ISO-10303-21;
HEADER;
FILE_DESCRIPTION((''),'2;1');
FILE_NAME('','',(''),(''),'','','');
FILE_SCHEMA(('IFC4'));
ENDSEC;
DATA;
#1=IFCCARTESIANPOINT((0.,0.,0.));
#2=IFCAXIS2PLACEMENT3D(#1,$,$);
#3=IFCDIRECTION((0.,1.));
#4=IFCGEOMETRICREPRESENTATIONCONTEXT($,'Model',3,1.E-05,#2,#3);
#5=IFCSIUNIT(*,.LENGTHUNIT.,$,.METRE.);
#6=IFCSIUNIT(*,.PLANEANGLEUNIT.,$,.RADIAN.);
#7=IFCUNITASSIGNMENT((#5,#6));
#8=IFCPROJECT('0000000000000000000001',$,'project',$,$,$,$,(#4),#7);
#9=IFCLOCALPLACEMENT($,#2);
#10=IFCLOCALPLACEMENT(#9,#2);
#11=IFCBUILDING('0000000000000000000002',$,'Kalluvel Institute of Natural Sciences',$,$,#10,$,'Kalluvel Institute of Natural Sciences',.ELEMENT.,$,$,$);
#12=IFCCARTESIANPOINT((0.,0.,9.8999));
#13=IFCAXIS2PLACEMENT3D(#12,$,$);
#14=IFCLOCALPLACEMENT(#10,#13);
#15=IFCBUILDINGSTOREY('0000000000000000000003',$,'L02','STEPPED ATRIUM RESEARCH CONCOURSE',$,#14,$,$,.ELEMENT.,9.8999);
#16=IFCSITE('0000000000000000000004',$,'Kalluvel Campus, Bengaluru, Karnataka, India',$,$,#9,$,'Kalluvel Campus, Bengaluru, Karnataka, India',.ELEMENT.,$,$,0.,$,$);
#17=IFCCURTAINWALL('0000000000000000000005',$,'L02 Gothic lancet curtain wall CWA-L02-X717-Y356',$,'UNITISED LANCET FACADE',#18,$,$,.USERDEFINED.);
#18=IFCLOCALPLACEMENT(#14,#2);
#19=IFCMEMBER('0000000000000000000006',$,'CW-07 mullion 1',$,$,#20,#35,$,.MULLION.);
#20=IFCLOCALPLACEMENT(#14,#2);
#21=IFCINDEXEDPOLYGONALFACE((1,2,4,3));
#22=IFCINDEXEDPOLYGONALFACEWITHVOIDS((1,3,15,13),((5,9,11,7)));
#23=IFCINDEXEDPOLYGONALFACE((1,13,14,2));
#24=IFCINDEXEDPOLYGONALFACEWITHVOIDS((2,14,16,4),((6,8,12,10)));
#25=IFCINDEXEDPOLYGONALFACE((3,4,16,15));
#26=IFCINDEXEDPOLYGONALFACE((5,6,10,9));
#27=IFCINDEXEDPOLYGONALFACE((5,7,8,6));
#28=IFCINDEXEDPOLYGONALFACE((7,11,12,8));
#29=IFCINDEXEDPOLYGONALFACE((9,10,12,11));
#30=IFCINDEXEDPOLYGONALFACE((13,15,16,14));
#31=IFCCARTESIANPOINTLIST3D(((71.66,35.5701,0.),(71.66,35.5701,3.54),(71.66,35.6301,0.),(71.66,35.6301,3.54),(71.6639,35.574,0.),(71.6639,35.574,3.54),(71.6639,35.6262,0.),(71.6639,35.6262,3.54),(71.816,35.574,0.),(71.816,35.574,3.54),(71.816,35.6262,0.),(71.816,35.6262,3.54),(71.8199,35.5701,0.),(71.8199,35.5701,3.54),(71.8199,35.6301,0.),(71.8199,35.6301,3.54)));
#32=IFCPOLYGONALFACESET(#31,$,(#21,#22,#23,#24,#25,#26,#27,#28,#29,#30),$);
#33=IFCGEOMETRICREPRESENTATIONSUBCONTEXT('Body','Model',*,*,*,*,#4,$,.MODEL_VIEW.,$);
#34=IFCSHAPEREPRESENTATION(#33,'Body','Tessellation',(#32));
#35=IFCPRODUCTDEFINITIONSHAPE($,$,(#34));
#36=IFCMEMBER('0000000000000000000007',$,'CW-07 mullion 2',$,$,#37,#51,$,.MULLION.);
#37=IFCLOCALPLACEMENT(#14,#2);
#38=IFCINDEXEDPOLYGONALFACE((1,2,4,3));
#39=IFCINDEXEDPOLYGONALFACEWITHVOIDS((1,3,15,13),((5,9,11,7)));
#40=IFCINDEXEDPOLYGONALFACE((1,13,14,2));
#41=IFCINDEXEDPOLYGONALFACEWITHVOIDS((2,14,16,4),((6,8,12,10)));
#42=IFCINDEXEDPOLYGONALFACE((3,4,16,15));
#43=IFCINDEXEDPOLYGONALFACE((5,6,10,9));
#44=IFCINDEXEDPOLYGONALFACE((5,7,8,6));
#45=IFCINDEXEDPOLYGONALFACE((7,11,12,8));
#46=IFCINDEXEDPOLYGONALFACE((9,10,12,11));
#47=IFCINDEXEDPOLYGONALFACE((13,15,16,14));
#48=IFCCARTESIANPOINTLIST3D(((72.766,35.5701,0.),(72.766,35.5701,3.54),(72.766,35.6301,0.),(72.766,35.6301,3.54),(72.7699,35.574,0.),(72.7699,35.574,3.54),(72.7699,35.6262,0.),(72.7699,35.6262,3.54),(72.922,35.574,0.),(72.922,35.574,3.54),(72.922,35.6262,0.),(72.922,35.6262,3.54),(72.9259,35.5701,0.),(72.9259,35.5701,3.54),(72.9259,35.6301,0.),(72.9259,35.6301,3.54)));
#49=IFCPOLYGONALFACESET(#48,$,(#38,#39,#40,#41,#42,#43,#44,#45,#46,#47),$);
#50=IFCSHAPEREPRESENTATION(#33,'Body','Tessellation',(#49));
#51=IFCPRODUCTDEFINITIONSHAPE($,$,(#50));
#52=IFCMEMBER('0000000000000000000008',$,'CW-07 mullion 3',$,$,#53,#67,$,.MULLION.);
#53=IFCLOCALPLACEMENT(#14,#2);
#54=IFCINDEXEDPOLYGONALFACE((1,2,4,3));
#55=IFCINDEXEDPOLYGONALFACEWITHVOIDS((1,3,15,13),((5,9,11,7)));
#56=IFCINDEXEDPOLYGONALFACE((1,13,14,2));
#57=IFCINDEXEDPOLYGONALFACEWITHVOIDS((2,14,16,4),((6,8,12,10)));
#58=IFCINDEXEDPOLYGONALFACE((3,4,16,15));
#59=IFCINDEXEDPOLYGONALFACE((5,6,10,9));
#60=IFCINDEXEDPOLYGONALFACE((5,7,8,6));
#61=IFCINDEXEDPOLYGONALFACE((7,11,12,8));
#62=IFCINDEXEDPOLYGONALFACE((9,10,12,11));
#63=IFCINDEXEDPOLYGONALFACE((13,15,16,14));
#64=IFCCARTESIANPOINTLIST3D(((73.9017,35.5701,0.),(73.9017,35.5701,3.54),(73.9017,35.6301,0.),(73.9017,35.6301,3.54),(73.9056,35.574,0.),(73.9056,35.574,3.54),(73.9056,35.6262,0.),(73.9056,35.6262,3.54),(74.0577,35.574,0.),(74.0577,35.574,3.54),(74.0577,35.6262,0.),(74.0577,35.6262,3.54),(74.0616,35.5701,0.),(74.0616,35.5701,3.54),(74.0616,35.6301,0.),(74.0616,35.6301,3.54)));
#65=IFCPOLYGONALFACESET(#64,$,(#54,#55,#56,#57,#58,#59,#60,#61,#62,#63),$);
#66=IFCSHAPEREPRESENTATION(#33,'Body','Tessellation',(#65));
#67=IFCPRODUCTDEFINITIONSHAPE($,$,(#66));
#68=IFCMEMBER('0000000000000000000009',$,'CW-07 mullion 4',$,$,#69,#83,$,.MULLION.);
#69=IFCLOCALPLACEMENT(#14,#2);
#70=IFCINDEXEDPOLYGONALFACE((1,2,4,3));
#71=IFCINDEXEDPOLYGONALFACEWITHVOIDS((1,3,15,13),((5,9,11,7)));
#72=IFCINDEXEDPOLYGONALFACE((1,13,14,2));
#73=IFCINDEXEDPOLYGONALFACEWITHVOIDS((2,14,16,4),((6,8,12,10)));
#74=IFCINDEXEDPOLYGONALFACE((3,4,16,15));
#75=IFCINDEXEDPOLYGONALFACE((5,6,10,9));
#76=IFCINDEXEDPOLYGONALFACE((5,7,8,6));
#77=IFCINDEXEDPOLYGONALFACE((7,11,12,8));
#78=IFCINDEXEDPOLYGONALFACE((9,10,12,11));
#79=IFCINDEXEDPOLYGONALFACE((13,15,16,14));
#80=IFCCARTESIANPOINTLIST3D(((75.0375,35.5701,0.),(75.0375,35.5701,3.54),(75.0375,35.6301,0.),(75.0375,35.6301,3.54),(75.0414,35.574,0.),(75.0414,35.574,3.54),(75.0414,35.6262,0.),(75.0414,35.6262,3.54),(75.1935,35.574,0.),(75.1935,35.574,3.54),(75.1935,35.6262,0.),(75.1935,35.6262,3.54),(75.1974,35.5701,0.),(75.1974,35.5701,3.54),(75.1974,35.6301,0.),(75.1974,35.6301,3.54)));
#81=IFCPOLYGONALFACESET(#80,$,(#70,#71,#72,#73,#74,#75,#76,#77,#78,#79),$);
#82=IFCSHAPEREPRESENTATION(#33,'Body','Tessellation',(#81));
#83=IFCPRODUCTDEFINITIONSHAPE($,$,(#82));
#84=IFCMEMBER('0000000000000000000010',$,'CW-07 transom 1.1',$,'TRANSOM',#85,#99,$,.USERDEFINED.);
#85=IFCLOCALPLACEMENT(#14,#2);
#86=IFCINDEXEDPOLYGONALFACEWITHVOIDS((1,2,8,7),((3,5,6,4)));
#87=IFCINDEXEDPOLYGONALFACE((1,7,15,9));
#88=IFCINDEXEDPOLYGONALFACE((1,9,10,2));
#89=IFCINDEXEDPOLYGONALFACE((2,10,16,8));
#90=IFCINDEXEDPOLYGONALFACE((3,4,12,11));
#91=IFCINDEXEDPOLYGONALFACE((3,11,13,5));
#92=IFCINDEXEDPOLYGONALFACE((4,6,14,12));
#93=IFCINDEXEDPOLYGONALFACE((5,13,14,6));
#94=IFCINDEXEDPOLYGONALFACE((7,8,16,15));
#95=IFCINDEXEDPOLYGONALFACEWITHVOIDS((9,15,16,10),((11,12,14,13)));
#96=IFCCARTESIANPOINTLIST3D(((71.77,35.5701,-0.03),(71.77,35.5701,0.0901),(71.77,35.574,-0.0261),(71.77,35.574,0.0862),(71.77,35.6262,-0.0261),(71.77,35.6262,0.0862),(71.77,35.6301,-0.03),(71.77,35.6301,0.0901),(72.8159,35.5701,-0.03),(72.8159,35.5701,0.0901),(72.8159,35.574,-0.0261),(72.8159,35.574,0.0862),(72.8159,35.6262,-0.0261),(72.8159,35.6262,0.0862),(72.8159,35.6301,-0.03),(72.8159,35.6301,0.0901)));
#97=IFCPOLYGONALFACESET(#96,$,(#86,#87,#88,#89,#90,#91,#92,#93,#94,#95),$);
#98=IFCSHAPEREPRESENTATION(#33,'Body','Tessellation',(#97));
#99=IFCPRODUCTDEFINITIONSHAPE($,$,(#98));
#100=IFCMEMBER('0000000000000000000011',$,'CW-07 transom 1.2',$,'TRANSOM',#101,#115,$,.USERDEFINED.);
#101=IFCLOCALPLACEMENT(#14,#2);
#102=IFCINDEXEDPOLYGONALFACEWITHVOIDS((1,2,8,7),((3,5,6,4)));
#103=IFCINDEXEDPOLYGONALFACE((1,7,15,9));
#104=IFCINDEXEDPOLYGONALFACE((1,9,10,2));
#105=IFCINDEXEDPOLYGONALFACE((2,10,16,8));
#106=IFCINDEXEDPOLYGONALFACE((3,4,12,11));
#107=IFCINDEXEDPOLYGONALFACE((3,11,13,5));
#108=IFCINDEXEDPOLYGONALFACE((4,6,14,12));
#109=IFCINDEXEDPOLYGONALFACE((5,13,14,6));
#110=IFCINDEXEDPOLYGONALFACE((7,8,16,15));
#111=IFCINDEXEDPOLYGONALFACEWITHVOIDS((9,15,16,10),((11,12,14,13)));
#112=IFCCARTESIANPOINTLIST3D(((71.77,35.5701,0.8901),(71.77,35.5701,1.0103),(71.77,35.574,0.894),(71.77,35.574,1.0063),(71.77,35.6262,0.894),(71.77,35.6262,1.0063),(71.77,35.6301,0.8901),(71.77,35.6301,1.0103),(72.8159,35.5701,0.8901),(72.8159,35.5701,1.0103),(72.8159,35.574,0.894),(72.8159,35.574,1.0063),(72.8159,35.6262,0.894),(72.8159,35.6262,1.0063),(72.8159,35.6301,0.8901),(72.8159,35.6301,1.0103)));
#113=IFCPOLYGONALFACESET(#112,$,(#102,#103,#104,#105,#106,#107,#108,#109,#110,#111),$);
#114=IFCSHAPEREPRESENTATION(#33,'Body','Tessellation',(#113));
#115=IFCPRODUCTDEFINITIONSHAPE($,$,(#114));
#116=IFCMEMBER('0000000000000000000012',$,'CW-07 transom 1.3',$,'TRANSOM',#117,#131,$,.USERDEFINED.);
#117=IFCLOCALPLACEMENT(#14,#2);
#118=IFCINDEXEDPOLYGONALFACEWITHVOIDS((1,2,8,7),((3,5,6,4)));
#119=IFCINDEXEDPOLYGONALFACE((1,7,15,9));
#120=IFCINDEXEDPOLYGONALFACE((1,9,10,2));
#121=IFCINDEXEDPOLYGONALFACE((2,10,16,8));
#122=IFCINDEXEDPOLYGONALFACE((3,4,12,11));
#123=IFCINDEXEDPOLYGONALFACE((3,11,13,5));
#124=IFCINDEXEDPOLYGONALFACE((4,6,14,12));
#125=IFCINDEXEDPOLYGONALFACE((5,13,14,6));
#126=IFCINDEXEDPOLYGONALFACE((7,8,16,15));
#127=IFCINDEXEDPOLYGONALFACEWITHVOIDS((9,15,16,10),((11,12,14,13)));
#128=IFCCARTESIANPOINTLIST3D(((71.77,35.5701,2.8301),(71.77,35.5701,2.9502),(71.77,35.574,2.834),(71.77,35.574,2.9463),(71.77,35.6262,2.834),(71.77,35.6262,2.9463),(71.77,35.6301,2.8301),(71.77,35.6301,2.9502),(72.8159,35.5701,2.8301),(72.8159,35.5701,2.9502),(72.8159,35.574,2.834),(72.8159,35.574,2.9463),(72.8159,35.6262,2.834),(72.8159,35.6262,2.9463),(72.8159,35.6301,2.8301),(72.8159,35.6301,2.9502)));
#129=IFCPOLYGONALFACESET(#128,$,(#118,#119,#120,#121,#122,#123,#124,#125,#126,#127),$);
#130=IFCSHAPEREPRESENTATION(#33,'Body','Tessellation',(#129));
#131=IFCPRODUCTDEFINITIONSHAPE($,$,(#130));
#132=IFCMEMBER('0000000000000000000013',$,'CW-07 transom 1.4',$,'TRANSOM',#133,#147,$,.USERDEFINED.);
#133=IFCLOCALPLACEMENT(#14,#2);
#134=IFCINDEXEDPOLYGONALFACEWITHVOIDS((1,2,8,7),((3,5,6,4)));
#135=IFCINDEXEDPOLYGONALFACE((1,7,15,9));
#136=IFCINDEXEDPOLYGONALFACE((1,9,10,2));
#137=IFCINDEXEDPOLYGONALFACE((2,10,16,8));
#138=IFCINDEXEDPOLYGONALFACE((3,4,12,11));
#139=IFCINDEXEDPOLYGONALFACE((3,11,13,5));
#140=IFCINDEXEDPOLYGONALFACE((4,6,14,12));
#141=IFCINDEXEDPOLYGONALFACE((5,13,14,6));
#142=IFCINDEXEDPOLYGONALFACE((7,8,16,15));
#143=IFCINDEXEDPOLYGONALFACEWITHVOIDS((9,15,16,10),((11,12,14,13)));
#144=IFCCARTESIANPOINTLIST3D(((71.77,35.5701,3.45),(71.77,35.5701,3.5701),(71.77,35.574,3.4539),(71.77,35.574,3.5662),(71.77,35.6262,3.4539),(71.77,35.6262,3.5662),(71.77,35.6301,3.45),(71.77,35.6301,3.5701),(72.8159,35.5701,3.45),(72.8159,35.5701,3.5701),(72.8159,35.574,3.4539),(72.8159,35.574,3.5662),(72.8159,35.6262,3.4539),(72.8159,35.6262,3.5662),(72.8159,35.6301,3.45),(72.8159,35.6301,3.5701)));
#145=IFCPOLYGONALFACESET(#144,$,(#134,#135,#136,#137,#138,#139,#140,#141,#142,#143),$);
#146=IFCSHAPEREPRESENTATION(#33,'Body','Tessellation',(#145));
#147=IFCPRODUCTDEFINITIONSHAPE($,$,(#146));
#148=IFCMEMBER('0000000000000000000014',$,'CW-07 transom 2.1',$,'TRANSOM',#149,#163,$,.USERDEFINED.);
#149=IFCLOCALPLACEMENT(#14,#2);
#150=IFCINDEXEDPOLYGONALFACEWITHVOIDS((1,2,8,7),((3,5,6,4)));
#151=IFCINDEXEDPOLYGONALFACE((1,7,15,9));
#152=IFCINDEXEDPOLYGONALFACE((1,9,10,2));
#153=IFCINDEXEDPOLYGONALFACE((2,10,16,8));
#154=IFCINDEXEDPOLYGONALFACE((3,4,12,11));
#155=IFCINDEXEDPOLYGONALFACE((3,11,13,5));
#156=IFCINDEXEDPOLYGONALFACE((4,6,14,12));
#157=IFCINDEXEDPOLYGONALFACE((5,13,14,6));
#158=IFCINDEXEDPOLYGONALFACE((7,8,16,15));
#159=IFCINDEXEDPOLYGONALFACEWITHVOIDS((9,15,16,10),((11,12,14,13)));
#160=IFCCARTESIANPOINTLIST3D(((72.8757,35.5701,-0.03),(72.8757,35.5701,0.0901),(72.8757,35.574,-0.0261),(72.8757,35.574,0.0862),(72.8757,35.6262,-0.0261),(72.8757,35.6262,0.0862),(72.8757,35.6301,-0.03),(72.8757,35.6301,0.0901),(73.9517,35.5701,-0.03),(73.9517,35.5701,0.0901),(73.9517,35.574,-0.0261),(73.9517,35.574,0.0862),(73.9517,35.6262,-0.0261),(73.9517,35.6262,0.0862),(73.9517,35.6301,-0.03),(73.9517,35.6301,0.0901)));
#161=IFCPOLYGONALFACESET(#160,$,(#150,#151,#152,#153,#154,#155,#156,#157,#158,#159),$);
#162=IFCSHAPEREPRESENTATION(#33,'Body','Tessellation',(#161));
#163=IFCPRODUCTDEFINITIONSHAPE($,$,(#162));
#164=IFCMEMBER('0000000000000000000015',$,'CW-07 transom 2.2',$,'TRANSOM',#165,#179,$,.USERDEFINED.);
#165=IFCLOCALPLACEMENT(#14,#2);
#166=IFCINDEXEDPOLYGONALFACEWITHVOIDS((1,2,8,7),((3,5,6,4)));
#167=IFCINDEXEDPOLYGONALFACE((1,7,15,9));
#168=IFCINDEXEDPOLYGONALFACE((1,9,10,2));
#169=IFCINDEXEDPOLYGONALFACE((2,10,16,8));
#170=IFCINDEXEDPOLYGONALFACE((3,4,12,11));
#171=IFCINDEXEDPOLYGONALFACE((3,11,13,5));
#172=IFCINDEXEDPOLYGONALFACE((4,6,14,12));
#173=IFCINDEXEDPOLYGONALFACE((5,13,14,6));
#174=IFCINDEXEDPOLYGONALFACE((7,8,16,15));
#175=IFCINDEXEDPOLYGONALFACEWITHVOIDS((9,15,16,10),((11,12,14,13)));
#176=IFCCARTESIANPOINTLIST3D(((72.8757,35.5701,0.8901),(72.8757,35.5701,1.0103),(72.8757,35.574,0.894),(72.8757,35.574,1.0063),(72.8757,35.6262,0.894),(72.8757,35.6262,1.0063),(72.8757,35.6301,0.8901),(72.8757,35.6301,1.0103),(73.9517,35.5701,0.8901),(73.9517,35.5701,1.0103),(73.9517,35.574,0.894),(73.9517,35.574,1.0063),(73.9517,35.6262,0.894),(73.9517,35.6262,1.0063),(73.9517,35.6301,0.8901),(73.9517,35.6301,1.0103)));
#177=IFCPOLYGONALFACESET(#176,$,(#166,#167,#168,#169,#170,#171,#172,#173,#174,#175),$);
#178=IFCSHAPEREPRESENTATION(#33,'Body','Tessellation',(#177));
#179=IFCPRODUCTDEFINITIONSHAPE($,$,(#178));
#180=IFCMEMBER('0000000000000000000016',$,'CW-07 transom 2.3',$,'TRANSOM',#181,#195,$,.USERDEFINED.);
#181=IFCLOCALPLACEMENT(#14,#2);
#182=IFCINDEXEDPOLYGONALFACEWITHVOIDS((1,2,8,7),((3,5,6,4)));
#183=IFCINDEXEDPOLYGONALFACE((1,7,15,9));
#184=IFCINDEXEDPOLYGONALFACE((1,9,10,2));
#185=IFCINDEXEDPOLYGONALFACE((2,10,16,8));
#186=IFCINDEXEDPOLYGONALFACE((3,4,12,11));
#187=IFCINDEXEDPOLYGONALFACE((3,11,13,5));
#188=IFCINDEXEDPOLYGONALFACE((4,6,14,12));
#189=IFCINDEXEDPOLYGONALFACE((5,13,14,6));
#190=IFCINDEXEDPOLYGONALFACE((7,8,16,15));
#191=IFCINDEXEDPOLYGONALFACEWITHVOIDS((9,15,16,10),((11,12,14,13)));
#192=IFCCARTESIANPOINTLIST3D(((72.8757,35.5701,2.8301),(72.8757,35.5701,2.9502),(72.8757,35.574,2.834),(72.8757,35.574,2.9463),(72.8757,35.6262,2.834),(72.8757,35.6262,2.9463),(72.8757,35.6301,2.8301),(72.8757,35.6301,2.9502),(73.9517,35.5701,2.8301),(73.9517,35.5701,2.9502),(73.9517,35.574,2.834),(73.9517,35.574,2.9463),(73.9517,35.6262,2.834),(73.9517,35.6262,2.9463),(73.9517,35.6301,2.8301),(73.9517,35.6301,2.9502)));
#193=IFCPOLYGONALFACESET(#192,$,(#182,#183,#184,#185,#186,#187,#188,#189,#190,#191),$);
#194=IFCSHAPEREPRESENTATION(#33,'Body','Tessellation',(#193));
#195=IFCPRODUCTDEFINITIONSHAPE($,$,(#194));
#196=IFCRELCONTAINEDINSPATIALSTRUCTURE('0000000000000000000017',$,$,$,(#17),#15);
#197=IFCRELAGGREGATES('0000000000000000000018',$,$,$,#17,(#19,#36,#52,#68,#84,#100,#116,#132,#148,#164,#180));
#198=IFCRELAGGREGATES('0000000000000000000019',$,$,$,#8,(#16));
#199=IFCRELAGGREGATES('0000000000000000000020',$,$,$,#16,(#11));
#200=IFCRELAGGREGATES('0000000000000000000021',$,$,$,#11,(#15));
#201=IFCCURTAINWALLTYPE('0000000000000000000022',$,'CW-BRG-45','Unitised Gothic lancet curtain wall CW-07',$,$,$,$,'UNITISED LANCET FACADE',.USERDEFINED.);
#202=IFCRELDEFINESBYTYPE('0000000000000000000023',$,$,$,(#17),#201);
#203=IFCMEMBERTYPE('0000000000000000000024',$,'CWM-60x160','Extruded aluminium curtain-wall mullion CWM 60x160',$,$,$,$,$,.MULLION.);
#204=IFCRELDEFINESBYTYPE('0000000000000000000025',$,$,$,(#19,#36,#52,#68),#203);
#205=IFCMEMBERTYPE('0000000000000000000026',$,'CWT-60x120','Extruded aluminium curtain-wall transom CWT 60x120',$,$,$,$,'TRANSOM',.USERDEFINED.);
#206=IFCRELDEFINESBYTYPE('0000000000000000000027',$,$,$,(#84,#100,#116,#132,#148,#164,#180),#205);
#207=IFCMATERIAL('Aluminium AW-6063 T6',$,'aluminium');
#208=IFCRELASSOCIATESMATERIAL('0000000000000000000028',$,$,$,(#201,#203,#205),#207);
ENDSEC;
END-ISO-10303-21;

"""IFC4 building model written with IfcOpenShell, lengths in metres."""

from ifc_helpers import new_model, si_unit, direction, frame, origin, origin_2d, place, context, subcontext, project, spatial, hollow_rectangle, extrude, material, material_profile, profile_set, type_object, element, aggregate, save


model = new_model("IFC4")

# Units and contexts
model_context = context("Model", 3, precision=1e-05, world=origin(), true_north=direction((0.0, 1.0)))
body_context = subcontext(model_context, "Body", "Model", "MODEL_VIEW")
ifc_project = project(units=[si_unit("LENGTHUNIT", "METRE"), si_unit("PLANEANGLEUNIT", "RADIAN")], contexts=[model_context])

# Site, building, storey
site_placement = place(None, origin())
site = spatial("IfcSite", under=ifc_project, at=site_placement, Name="Kalluvel Campus, Bengaluru, Karnataka, India", LongName="Kalluvel Campus, Bengaluru, Karnataka, India", CompositionType="ELEMENT", RefElevation=0.0)
building_placement = place(site_placement, origin())
building = spatial("IfcBuilding", under=site, at=building_placement, Name="Kalluvel Institute of Natural Sciences", LongName="Kalluvel Institute of Natural Sciences", CompositionType="ELEMENT")
storey_placement = place(building_placement, frame((0.0, 0.0, 9.8999)))
storey = spatial("IfcBuildingStorey", under=building, at=storey_placement, Name="L02", Description="STEPPED ATRIUM RESEARCH CONCOURSE", CompositionType="ELEMENT", Elevation=9.8999)

# Curtain wall, members
ifc_material_1 = material(Name="Aluminium AW-6063 T6", Category="aluminium")
curtain_wall_type = type_object("IfcCurtainWallType", Name="CW-BRG-45", Description="Unitised Gothic lancet curtain wall CW-07", ElementType="UNITISED LANCET FACADE", PredefinedType="USERDEFINED", material=ifc_material_1)
curtain_wall_placement = place(storey_placement, origin())
curtain_wall = element("IfcCurtainWall", 1, at=curtain_wall_placement, inside=storey, type_object=curtain_wall_type, Name="L02 Gothic lancet curtain wall CWA-L02-X717-Y356", ObjectType="UNITISED LANCET FACADE", PredefinedType="USERDEFINED")
ifc_material_profile_1 = material_profile(ifc_material_1, hollow_rectangle(XDim=0.0601, YDim=0.1599, WallThickness=0.0039, at=origin_2d()), Name="CWM 60x160")
ifc_profile_set_1 = profile_set([ifc_material_profile_1], Name="Aluminium AW-6063 T6")
member_type_1 = type_object("IfcMemberType", Name="CWM-60x160", Description="Extruded aluminium curtain-wall mullion CWM 60x160", PredefinedType="MULLION", material=ifc_profile_set_1)
member_1_placement = place(storey_placement, frame((71.74, 35.6001, 0.0), z_axis=(0.0, 0.0, 1.0), x_axis=(0.0, 1.0, 0.0)))
member_1 = element("IfcMember", 2, at=member_1_placement, type_object=member_type_1, Name="CW-07 mullion 1", PredefinedType="MULLION", context=body_context, shape_type="SweptSolid", body=[
    extrude(hollow_rectangle(XDim=0.0601, YDim=0.1599, WallThickness=0.0039, at=origin_2d()), origin(), (0.0, 0.0, 1.0), 3.54),
])
member_2_placement = place(storey_placement, frame((72.8459, 35.6001, 0.0), z_axis=(0.0, 0.0, 1.0), x_axis=(0.0, 1.0, 0.0)))
member_2 = element("IfcMember", 3, at=member_2_placement, type_object=member_type_1, Name="CW-07 mullion 2", PredefinedType="MULLION", context=body_context, shape_type="SweptSolid", body=[
    extrude(hollow_rectangle(XDim=0.0601, YDim=0.1599, WallThickness=0.0039, at=origin_2d()), origin(), (0.0, 0.0, 1.0), 3.54),
])
member_3_placement = place(storey_placement, frame((73.9817, 35.6001, 0.0), z_axis=(0.0, 0.0, 1.0), x_axis=(0.0, 1.0, 0.0)))
member_3 = element("IfcMember", 4, at=member_3_placement, type_object=member_type_1, Name="CW-07 mullion 3", PredefinedType="MULLION", context=body_context, shape_type="SweptSolid", body=[
    extrude(hollow_rectangle(XDim=0.0601, YDim=0.1599, WallThickness=0.0039, at=origin_2d()), origin(), (0.0, 0.0, 1.0), 3.54),
])
member_4_placement = place(storey_placement, frame((75.1174, 35.6001, 0.0), z_axis=(0.0, 0.0, 1.0), x_axis=(0.0, 1.0, 0.0)))
member_4 = element("IfcMember", 5, at=member_4_placement, type_object=member_type_1, Name="CW-07 mullion 4", PredefinedType="MULLION", context=body_context, shape_type="SweptSolid", body=[
    extrude(hollow_rectangle(XDim=0.0601, YDim=0.1599, WallThickness=0.0039, at=origin_2d()), origin(), (0.0, 0.0, 1.0), 3.54),
])
ifc_material_profile_2 = material_profile(ifc_material_1, hollow_rectangle(XDim=0.0601, YDim=0.1201, WallThickness=0.0039, at=origin_2d()), Name="CWT 60x120")
ifc_profile_set_2 = profile_set([ifc_material_profile_2], Name="Aluminium AW-6063 T6")
member_type_2 = type_object("IfcMemberType", Name="CWT-60x120", Description="Extruded aluminium curtain-wall transom CWT 60x120", ElementType="TRANSOM", PredefinedType="USERDEFINED", material=ifc_profile_set_2)
member_5_placement = place(storey_placement, frame((71.77, 35.6001, 0.03), z_axis=(1.0, 0.0, 0.0), x_axis=(0.0, 1.0, 0.0)))
member_5 = element("IfcMember", 6, at=member_5_placement, type_object=member_type_2, Name="CW-07 transom 1.1", ObjectType="TRANSOM", PredefinedType="USERDEFINED", context=body_context, shape_type="SweptSolid", body=[
    extrude(hollow_rectangle(XDim=0.0601, YDim=0.1201, WallThickness=0.0039, at=origin_2d()), origin(), (0.0, 0.0, 1.0), 1.0459),
])
member_6_placement = place(storey_placement, frame((71.77, 35.6001, 0.9502), z_axis=(1.0, 0.0, 0.0), x_axis=(0.0, 1.0, 0.0)))
member_6 = element("IfcMember", 7, at=member_6_placement, type_object=member_type_2, Name="CW-07 transom 1.2", ObjectType="TRANSOM", PredefinedType="USERDEFINED", context=body_context, shape_type="SweptSolid", body=[
    extrude(hollow_rectangle(XDim=0.0601, YDim=0.1201, WallThickness=0.0039, at=origin_2d()), origin(), (0.0, 0.0, 1.0), 1.0459),
])
member_7_placement = place(storey_placement, frame((71.77, 35.6001, 2.8901), z_axis=(1.0, 0.0, 0.0), x_axis=(0.0, 1.0, 0.0)))
member_7 = element("IfcMember", 8, at=member_7_placement, type_object=member_type_2, Name="CW-07 transom 1.3", ObjectType="TRANSOM", PredefinedType="USERDEFINED", context=body_context, shape_type="SweptSolid", body=[
    extrude(hollow_rectangle(XDim=0.0601, YDim=0.1201, WallThickness=0.0039, at=origin_2d()), origin(), (0.0, 0.0, 1.0), 1.0459),
])
member_8_placement = place(storey_placement, frame((71.77, 35.6001, 3.51), z_axis=(1.0, 0.0, 0.0), x_axis=(0.0, 1.0, 0.0)))
member_8 = element("IfcMember", 9, at=member_8_placement, type_object=member_type_2, Name="CW-07 transom 1.4", ObjectType="TRANSOM", PredefinedType="USERDEFINED", context=body_context, shape_type="SweptSolid", body=[
    extrude(hollow_rectangle(XDim=0.0601, YDim=0.1201, WallThickness=0.0039, at=origin_2d()), origin(), (0.0, 0.0, 1.0), 1.0459),
])
member_9_placement = place(storey_placement, frame((72.8757, 35.6001, 0.03), z_axis=(1.0, 0.0, 0.0), x_axis=(0.0, 1.0, 0.0)))
member_9 = element("IfcMember", 10, at=member_9_placement, type_object=member_type_2, Name="CW-07 transom 2.1", ObjectType="TRANSOM", PredefinedType="USERDEFINED", context=body_context, shape_type="SweptSolid", body=[
    extrude(hollow_rectangle(XDim=0.0601, YDim=0.1201, WallThickness=0.0039, at=origin_2d()), origin(), (0.0, 0.0, 1.0), 1.0759),
])
member_10_placement = place(storey_placement, frame((72.8757, 35.6001, 0.9502), z_axis=(1.0, 0.0, 0.0), x_axis=(0.0, 1.0, 0.0)))
member_10 = element("IfcMember", 11, at=member_10_placement, type_object=member_type_2, Name="CW-07 transom 2.2", ObjectType="TRANSOM", PredefinedType="USERDEFINED", context=body_context, shape_type="SweptSolid", body=[
    extrude(hollow_rectangle(XDim=0.0601, YDim=0.1201, WallThickness=0.0039, at=origin_2d()), origin(), (0.0, 0.0, 1.0), 1.0759),
])
member_11_placement = place(storey_placement, frame((72.8757, 35.6001, 2.8901), z_axis=(1.0, 0.0, 0.0), x_axis=(0.0, 1.0, 0.0)))
member_11 = element("IfcMember", 12, at=member_11_placement, type_object=member_type_2, Name="CW-07 transom 2.3", ObjectType="TRANSOM", PredefinedType="USERDEFINED", context=body_context, shape_type="SweptSolid", body=[
    extrude(hollow_rectangle(XDim=0.0601, YDim=0.1201, WallThickness=0.0039, at=origin_2d()), origin(), (0.0, 0.0, 1.0), 1.0759),
])

aggregate(curtain_wall, [member_1, member_2, member_3, member_4, member_5, member_6, member_7, member_8, member_9, member_10, member_11])

save(model, "model.ifc")
